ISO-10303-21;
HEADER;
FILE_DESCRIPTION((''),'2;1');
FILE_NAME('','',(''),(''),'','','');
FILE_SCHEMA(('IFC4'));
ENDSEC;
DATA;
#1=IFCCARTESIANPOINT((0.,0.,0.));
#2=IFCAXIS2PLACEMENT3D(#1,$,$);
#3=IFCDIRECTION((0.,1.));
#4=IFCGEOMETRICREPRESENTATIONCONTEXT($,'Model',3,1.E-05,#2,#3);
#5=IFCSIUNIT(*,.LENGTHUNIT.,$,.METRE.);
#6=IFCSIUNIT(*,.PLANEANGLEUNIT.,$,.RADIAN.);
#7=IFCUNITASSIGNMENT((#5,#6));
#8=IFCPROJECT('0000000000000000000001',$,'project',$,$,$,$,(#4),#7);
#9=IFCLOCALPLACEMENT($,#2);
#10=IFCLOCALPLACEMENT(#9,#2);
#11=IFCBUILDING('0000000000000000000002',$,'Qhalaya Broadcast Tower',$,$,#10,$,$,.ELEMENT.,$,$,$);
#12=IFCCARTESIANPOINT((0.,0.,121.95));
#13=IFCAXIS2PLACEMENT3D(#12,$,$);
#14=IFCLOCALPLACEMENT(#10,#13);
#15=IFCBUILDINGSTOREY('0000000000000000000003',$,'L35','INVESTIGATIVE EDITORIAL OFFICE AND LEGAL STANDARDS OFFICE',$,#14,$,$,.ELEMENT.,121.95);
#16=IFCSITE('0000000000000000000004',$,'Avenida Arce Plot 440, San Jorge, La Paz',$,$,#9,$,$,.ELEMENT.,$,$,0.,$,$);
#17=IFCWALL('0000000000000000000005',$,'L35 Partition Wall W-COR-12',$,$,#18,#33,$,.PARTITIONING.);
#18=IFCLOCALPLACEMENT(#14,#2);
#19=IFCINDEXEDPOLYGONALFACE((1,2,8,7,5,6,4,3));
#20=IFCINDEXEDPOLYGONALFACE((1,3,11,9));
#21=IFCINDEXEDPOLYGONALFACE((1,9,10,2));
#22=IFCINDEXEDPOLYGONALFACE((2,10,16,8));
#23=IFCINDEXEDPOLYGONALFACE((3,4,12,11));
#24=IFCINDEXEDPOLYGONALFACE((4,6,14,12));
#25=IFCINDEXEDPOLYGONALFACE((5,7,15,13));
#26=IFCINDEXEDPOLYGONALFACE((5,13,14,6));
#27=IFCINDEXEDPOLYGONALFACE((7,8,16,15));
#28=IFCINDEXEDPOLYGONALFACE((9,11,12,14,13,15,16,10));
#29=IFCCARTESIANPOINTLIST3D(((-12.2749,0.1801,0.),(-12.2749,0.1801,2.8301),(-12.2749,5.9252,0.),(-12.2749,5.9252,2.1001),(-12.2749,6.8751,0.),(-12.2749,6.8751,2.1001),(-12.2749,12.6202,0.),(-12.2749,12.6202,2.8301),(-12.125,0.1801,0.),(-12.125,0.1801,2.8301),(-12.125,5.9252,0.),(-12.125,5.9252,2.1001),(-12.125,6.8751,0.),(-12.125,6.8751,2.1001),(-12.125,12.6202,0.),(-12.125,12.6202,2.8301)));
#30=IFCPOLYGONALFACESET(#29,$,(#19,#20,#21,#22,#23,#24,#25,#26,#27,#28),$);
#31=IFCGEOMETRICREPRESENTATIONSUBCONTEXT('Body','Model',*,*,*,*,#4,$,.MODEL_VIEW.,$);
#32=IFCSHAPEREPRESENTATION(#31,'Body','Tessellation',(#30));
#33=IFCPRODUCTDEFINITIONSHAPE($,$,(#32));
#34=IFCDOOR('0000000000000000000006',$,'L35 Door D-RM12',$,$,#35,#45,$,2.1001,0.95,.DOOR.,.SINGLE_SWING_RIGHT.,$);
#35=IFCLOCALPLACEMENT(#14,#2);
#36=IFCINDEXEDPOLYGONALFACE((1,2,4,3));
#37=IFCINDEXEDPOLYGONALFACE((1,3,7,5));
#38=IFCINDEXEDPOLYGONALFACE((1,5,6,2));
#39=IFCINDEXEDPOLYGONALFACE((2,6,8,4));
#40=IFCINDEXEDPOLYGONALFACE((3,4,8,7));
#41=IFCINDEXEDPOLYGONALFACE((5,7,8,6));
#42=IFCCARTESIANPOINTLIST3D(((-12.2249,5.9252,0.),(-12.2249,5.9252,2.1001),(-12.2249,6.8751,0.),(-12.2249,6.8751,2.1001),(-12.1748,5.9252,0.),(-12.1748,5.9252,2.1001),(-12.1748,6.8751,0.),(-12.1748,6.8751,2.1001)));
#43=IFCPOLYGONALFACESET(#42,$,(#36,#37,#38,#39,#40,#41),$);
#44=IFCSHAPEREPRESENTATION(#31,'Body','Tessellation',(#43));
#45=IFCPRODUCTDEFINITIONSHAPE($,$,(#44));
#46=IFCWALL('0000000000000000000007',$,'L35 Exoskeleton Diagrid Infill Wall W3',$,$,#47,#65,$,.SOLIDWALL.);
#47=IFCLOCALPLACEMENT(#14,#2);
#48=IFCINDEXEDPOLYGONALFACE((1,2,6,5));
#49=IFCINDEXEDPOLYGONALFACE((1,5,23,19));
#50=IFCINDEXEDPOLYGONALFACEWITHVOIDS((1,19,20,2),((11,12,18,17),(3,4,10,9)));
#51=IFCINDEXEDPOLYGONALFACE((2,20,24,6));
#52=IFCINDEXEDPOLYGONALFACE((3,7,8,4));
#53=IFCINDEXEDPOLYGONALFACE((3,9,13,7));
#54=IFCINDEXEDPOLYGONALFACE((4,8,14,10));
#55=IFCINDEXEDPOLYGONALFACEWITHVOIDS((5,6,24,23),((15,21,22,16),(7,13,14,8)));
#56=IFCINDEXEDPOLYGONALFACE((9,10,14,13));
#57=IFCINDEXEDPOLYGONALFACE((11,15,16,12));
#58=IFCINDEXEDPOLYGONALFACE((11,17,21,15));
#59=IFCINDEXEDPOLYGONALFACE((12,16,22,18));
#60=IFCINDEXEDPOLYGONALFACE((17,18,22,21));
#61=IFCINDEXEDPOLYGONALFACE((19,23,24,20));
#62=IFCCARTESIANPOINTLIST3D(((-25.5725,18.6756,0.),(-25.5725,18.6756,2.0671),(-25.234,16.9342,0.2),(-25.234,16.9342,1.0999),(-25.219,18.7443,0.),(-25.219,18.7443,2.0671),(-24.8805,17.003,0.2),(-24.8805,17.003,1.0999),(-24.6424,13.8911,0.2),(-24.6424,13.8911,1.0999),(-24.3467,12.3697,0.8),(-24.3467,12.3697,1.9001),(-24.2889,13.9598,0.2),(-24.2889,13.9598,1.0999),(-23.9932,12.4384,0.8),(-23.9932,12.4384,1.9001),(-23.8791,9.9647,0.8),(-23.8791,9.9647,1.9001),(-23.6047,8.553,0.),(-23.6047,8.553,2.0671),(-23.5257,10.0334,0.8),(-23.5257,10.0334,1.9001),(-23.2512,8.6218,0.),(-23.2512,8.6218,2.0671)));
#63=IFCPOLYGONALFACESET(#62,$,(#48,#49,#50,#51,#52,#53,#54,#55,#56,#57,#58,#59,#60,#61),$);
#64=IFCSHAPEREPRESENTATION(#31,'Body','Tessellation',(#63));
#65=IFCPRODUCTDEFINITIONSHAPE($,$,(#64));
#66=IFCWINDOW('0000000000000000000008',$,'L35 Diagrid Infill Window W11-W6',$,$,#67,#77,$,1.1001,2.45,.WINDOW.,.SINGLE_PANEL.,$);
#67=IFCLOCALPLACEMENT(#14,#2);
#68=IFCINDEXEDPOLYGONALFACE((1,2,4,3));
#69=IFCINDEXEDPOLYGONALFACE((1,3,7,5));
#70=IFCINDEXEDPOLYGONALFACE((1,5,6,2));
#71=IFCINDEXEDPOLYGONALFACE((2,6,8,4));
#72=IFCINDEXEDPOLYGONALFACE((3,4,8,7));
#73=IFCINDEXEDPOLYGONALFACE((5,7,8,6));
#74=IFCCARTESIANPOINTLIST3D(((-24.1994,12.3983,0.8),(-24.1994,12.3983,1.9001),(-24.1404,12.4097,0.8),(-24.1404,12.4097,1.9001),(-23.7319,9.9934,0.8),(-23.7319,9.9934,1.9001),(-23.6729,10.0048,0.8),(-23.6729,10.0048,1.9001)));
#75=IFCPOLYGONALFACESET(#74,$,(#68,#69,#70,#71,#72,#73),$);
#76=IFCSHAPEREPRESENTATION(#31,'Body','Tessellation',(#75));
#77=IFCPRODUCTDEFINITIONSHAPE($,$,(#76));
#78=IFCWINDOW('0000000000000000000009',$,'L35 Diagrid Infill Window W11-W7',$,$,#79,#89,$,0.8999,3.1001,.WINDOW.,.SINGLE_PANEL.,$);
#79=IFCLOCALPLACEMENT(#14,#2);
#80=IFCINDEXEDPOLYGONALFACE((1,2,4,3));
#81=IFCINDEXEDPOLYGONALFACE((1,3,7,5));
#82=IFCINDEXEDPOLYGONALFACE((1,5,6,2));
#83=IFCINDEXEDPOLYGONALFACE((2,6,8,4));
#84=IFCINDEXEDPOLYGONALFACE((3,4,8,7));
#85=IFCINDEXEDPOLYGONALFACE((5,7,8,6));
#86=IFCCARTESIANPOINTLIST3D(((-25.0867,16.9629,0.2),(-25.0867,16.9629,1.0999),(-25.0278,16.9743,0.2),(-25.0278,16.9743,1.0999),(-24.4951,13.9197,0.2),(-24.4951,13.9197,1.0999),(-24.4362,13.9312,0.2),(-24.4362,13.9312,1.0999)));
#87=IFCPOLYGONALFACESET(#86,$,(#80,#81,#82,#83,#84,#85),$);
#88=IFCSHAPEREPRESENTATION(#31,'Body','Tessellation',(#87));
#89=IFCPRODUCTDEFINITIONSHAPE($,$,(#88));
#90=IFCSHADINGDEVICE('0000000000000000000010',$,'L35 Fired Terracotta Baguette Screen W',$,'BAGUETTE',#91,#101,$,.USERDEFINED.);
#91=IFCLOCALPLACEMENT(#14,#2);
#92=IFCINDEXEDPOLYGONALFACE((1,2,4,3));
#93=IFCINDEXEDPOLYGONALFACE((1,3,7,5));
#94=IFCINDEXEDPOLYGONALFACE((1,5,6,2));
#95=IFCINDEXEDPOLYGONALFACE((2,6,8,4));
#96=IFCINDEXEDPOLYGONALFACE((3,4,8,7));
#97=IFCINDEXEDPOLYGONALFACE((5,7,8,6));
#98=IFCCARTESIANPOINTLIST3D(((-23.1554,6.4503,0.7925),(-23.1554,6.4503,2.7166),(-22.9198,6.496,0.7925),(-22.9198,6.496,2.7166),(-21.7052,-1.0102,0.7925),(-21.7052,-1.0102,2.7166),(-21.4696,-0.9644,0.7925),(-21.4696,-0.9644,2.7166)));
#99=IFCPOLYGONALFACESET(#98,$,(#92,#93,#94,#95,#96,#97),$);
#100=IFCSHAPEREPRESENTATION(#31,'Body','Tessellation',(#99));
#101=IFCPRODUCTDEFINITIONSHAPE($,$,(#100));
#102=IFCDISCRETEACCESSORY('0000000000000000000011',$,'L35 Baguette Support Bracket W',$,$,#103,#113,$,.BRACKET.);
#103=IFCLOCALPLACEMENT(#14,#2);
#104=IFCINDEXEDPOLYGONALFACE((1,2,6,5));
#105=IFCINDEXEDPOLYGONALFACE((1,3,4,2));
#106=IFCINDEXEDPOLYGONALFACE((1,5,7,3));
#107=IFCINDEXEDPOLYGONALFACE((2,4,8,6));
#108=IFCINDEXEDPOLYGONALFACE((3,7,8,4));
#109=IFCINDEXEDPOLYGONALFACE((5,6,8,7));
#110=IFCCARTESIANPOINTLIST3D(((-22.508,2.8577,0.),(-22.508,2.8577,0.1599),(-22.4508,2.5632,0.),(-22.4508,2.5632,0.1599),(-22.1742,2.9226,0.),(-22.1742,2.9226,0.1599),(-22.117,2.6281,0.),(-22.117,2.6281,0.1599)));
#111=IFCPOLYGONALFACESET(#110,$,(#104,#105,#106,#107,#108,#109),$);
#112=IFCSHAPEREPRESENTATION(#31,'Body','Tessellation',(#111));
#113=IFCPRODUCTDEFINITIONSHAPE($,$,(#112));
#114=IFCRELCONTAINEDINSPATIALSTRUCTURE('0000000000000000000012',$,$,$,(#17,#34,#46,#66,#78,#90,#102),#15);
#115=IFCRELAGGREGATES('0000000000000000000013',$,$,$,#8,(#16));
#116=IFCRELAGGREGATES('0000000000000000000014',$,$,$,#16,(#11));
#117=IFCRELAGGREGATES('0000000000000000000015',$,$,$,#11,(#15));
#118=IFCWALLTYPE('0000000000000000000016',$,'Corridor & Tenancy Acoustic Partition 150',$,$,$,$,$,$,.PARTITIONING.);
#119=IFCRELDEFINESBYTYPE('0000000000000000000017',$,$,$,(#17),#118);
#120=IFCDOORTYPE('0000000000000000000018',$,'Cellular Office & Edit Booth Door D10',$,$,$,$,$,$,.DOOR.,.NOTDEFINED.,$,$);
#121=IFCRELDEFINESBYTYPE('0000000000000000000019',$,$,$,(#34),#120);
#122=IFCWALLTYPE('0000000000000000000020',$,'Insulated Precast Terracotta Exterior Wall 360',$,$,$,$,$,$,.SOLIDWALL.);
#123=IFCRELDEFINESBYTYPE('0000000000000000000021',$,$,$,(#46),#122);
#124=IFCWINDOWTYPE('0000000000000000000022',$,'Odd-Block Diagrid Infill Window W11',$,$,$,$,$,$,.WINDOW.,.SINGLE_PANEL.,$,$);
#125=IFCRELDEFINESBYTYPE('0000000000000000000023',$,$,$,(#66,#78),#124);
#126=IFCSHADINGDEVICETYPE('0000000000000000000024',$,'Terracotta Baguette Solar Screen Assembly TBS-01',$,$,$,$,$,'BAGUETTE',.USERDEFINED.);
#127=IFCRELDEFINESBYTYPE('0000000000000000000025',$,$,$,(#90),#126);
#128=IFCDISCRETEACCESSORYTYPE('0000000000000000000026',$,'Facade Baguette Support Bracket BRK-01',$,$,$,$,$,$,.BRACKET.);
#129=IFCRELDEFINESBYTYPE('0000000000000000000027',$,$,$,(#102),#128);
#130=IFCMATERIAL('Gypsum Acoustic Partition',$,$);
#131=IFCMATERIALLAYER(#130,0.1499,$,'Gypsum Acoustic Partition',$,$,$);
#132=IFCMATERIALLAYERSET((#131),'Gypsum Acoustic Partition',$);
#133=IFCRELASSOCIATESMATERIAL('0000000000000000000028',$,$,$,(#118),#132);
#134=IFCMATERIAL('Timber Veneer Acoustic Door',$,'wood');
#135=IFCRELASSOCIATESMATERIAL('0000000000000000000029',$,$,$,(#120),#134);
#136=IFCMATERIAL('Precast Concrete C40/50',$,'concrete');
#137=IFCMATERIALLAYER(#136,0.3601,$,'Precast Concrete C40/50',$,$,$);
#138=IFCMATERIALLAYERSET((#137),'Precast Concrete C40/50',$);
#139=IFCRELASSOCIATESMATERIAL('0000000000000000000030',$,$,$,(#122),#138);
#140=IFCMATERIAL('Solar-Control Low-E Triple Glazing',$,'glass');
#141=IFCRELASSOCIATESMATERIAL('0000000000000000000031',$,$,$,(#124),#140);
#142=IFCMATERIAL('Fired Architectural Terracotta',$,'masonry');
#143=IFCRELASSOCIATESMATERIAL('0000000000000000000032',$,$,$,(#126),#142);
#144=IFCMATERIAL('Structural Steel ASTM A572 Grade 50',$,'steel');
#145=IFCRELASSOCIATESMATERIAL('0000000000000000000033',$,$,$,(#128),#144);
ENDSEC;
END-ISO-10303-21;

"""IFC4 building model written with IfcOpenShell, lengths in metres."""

from ifc_helpers import new_model, si_unit, direction, frame, frame_2d, origin, origin_2d, place, context, subcontext, project, spatial, rectangle, extrude, material, layer, layer_set, type_object, element, fill, save


model = new_model("IFC4")

# Units and contexts
model_context = context("Model", 3, precision=1e-05, world=origin(), true_north=direction((0.0, 1.0)))
body_context = subcontext(model_context, "Body", "Model", "MODEL_VIEW")
ifc_project = project(units=[si_unit("LENGTHUNIT", "METRE"), si_unit("PLANEANGLEUNIT", "RADIAN")], contexts=[model_context])

# Site, building, storey
site_placement = place(None, origin())
site = spatial("IfcSite", under=ifc_project, at=site_placement, Name="Avenida Arce Plot 440, San Jorge, La Paz", CompositionType="ELEMENT", RefElevation=0.0)
building_placement = place(site_placement, origin())
building = spatial("IfcBuilding", under=site, at=building_placement, Name="Qhalaya Broadcast Tower", CompositionType="ELEMENT")
storey_placement = place(building_placement, frame((0.0, 0.0, 121.95)))
storey = spatial("IfcBuildingStorey", under=building, at=storey_placement, Name="L35", Description="INVESTIGATIVE EDITORIAL OFFICE AND LEGAL STANDARDS OFFICE", CompositionType="ELEMENT", Elevation=121.95)

# Shared definitions
ifc_material_1 = material(Name="Structural Steel ASTM A572 Grade 50", Category="steel")

# Wall, opening, door
ifc_material_2 = material(Name="Gypsum Acoustic Partition")
ifc_layer_1 = layer(ifc_material_2, 0.1499, Name="Gypsum Acoustic Partition")
ifc_layer_set_1 = layer_set([ifc_layer_1], Name="Gypsum Acoustic Partition")
wall_type_1 = type_object("IfcWallType", Name="Corridor & Tenancy Acoustic Partition 150", PredefinedType="PARTITIONING", material=ifc_layer_set_1)
wall_1_placement = place(storey_placement, frame((-12.2, 0.1799, 0.0), z_axis=(0.0, 0.0, 1.0), x_axis=(0.0, 1.0, 0.0)))
wall_1 = element("IfcWall", 1, at=wall_1_placement, inside=storey, type_object=wall_type_1, Name="L35 Partition Wall W-COR-12", PredefinedType="PARTITIONING", context=body_context, shape_type="SweptSolid", body=[
    extrude(rectangle(XDim=12.4402, YDim=0.1499, at=frame_2d((6.2202, 0.0))), origin(), (0.0, 0.0, 1.0), 2.8301),
])
opening_1_placement = place(wall_1_placement, frame((5.7451, 0.0, 0.0)))
opening_1 = element("IfcOpeningElement", 2, at=opening_1_placement, cuts=wall_1, PredefinedType="OPENING", context=body_context, shape_type="SweptSolid", body=[
    extrude(rectangle(XDim=0.95, YDim=2.1001, at=frame_2d((0.4751, 1.05))), frame((0.0, 0.0869, 0.0), z_axis=(0.0, -1.0, 0.0), x_axis=(1.0, 0.0, 0.0)), (0.0, 0.0, 1.0), 0.1738),
])
ifc_material_3 = material(Name="Timber Veneer Acoustic Door", Category="wood")
door_type_1 = type_object("IfcDoorType", Name="Cellular Office & Edit Booth Door D10", OperationType="NOTDEFINED", PredefinedType="DOOR", material=ifc_material_3)
door_1_placement = place(opening_1_placement, origin())
door_1 = element("IfcDoor", 3, at=door_1_placement, inside=storey, type_object=door_type_1, Name="L35 Door D-RM12", OperationType="SINGLE_SWING_RIGHT", OverallHeight=2.1001, OverallWidth=0.95, PredefinedType="DOOR", context=body_context, shape_type="SweptSolid", body=[
    extrude(rectangle(XDim=0.95, YDim=2.1001, at=frame_2d((0.4751, 1.05))), frame((0.0, 0.0249, 0.0), z_axis=(0.0, -1.0, 0.0), x_axis=(1.0, 0.0, 0.0)), (0.0, 0.0, 1.0), 0.05),
])
fill(opening_1, door_1)

# Wall, openings, windows
ifc_material_4 = material(Name="Precast Concrete C40/50", Category="concrete")
ifc_layer_2 = layer(ifc_material_4, 0.3601, Name="Precast Concrete C40/50")
ifc_layer_set_2 = layer_set([ifc_layer_2], Name="Precast Concrete C40/50")
wall_type_2 = type_object("IfcWallType", Name="Insulated Precast Terracotta Exterior Wall 360", PredefinedType="SOLIDWALL", material=ifc_layer_set_2)
wall_2_placement = place(storey_placement, frame((-23.428, 8.5874, 0.0), z_axis=(0.0, 0.0, 1.0), x_axis=(-0.190823, 0.981625, 0.0)))
wall_2 = element("IfcWall", 4, at=wall_2_placement, inside=storey, type_object=wall_type_2, Name="L35 Exoskeleton Diagrid Infill Wall W3", PredefinedType="SOLIDWALL", context=body_context, shape_type="SweptSolid", body=[
    extrude(rectangle(XDim=10.312, YDim=0.3601, at=frame_2d((5.156, 0.0))), origin(), (0.0, 0.0, 1.0), 2.0671),
])
opening_2_placement = place(wall_2_placement, frame((1.438, 0.0, 0.8)))
opening_2 = element("IfcOpeningElement", 5, at=opening_2_placement, cuts=wall_2, PredefinedType="OPENING", context=body_context, shape_type="SweptSolid", body=[
    extrude(rectangle(XDim=2.45, YDim=1.1001, at=frame_2d((1.2251, 0.55))), frame((0.0, 0.1921, 0.0), z_axis=(0.0, -1.0, 0.0), x_axis=(1.0, 0.0, 0.0)), (0.0, 0.0, 1.0), 0.384),
])
opening_3_placement = place(wall_2_placement, frame((5.438, 0.0, 0.2)))
opening_3 = element("IfcOpeningElement", 6, at=opening_3_placement, cuts=wall_2, PredefinedType="OPENING", context=body_context, shape_type="SweptSolid", body=[
    extrude(rectangle(XDim=3.1001, YDim=0.8999, at=frame_2d((1.55, 0.45))), frame((0.0, 0.1921, 0.0), z_axis=(0.0, -1.0, 0.0), x_axis=(1.0, 0.0, 0.0)), (0.0, 0.0, 1.0), 0.384),
])
ifc_material_5 = material(Name="Solar-Control Low-E Triple Glazing", Category="glass")
window_type = type_object("IfcWindowType", Name="Odd-Block Diagrid Infill Window W11", PartitioningType="SINGLE_PANEL", PredefinedType="WINDOW", material=ifc_material_5)
window_1_placement = place(opening_2_placement, origin())
window_1 = element("IfcWindow", 7, at=window_1_placement, inside=storey, type_object=window_type, Name="L35 Diagrid Infill Window W11-W6", OverallHeight=1.1001, OverallWidth=2.45, PartitioningType="SINGLE_PANEL", PredefinedType="WINDOW", context=body_context, shape_type="SweptSolid", body=[
    extrude(rectangle(XDim=2.45, YDim=1.1001, at=frame_2d((1.2251, 0.55))), frame((0.0, 0.03, 0.0), z_axis=(0.0, -1.0, 0.0), x_axis=(1.0, 0.0, 0.0)), (0.0, 0.0, 1.0), 0.0601),
])
fill(opening_2, window_1)
window_2_placement = place(opening_3_placement, origin())
window_2 = element("IfcWindow", 8, at=window_2_placement, inside=storey, type_object=window_type, Name="L35 Diagrid Infill Window W11-W7", OverallHeight=0.8999, OverallWidth=3.1001, PartitioningType="SINGLE_PANEL", PredefinedType="WINDOW", context=body_context, shape_type="SweptSolid", body=[
    extrude(rectangle(XDim=3.1001, YDim=0.8999, at=frame_2d((1.55, 0.45))), frame((0.0, 0.03, 0.0), z_axis=(0.0, -1.0, 0.0), x_axis=(1.0, 0.0, 0.0)), (0.0, 0.0, 1.0), 0.0601),
])
fill(opening_3, window_2)

# Shading device
ifc_material_6 = material(Name="Fired Architectural Terracotta", Category="masonry")
shading_device_type = type_object("IfcShadingDeviceType", Name="Terracotta Baguette Solar Screen Assembly TBS-01", ElementType="BAGUETTE", PredefinedType="USERDEFINED", material=ifc_material_6)
shading_device_placement = place(storey_placement, frame((-22.3125, 2.7429, 0.7925), z_axis=(0.0, 0.0, 1.0), x_axis=(0.190809, -0.981627, 0.0)))
element("IfcShadingDevice", 9, at=shading_device_placement, inside=storey, type_object=shading_device_type, Name="L35 Fired Terracotta Baguette Screen W", ObjectType="BAGUETTE", PredefinedType="USERDEFINED", context=body_context, shape_type="SweptSolid", body=[
    extrude(rectangle(XDim=7.6001, YDim=0.24, at=origin_2d()), origin(), (0.0, 0.0, 1.0), 1.9241),
])

# Discrete accessory
discrete_accessory_type = type_object("IfcDiscreteAccessoryType", Name="Facade Baguette Support Bracket BRK-01", PredefinedType="BRACKET", material=ifc_material_1)
discrete_accessory_placement = place(storey_placement, frame((-22.3125, 2.7429, 0.0), z_axis=(0.0, 0.0, 1.0), x_axis=(0.190809, -0.981627, 0.0)))
element("IfcDiscreteAccessory", 10, at=discrete_accessory_placement, inside=storey, type_object=discrete_accessory_type, Name="L35 Baguette Support Bracket W", PredefinedType="BRACKET", context=body_context, shape_type="SweptSolid", body=[
    extrude(rectangle(XDim=0.3, YDim=0.3401, at=origin_2d()), origin(), (0.0, 0.0, 1.0), 0.1599),
])

save(model, "model.ifc")
